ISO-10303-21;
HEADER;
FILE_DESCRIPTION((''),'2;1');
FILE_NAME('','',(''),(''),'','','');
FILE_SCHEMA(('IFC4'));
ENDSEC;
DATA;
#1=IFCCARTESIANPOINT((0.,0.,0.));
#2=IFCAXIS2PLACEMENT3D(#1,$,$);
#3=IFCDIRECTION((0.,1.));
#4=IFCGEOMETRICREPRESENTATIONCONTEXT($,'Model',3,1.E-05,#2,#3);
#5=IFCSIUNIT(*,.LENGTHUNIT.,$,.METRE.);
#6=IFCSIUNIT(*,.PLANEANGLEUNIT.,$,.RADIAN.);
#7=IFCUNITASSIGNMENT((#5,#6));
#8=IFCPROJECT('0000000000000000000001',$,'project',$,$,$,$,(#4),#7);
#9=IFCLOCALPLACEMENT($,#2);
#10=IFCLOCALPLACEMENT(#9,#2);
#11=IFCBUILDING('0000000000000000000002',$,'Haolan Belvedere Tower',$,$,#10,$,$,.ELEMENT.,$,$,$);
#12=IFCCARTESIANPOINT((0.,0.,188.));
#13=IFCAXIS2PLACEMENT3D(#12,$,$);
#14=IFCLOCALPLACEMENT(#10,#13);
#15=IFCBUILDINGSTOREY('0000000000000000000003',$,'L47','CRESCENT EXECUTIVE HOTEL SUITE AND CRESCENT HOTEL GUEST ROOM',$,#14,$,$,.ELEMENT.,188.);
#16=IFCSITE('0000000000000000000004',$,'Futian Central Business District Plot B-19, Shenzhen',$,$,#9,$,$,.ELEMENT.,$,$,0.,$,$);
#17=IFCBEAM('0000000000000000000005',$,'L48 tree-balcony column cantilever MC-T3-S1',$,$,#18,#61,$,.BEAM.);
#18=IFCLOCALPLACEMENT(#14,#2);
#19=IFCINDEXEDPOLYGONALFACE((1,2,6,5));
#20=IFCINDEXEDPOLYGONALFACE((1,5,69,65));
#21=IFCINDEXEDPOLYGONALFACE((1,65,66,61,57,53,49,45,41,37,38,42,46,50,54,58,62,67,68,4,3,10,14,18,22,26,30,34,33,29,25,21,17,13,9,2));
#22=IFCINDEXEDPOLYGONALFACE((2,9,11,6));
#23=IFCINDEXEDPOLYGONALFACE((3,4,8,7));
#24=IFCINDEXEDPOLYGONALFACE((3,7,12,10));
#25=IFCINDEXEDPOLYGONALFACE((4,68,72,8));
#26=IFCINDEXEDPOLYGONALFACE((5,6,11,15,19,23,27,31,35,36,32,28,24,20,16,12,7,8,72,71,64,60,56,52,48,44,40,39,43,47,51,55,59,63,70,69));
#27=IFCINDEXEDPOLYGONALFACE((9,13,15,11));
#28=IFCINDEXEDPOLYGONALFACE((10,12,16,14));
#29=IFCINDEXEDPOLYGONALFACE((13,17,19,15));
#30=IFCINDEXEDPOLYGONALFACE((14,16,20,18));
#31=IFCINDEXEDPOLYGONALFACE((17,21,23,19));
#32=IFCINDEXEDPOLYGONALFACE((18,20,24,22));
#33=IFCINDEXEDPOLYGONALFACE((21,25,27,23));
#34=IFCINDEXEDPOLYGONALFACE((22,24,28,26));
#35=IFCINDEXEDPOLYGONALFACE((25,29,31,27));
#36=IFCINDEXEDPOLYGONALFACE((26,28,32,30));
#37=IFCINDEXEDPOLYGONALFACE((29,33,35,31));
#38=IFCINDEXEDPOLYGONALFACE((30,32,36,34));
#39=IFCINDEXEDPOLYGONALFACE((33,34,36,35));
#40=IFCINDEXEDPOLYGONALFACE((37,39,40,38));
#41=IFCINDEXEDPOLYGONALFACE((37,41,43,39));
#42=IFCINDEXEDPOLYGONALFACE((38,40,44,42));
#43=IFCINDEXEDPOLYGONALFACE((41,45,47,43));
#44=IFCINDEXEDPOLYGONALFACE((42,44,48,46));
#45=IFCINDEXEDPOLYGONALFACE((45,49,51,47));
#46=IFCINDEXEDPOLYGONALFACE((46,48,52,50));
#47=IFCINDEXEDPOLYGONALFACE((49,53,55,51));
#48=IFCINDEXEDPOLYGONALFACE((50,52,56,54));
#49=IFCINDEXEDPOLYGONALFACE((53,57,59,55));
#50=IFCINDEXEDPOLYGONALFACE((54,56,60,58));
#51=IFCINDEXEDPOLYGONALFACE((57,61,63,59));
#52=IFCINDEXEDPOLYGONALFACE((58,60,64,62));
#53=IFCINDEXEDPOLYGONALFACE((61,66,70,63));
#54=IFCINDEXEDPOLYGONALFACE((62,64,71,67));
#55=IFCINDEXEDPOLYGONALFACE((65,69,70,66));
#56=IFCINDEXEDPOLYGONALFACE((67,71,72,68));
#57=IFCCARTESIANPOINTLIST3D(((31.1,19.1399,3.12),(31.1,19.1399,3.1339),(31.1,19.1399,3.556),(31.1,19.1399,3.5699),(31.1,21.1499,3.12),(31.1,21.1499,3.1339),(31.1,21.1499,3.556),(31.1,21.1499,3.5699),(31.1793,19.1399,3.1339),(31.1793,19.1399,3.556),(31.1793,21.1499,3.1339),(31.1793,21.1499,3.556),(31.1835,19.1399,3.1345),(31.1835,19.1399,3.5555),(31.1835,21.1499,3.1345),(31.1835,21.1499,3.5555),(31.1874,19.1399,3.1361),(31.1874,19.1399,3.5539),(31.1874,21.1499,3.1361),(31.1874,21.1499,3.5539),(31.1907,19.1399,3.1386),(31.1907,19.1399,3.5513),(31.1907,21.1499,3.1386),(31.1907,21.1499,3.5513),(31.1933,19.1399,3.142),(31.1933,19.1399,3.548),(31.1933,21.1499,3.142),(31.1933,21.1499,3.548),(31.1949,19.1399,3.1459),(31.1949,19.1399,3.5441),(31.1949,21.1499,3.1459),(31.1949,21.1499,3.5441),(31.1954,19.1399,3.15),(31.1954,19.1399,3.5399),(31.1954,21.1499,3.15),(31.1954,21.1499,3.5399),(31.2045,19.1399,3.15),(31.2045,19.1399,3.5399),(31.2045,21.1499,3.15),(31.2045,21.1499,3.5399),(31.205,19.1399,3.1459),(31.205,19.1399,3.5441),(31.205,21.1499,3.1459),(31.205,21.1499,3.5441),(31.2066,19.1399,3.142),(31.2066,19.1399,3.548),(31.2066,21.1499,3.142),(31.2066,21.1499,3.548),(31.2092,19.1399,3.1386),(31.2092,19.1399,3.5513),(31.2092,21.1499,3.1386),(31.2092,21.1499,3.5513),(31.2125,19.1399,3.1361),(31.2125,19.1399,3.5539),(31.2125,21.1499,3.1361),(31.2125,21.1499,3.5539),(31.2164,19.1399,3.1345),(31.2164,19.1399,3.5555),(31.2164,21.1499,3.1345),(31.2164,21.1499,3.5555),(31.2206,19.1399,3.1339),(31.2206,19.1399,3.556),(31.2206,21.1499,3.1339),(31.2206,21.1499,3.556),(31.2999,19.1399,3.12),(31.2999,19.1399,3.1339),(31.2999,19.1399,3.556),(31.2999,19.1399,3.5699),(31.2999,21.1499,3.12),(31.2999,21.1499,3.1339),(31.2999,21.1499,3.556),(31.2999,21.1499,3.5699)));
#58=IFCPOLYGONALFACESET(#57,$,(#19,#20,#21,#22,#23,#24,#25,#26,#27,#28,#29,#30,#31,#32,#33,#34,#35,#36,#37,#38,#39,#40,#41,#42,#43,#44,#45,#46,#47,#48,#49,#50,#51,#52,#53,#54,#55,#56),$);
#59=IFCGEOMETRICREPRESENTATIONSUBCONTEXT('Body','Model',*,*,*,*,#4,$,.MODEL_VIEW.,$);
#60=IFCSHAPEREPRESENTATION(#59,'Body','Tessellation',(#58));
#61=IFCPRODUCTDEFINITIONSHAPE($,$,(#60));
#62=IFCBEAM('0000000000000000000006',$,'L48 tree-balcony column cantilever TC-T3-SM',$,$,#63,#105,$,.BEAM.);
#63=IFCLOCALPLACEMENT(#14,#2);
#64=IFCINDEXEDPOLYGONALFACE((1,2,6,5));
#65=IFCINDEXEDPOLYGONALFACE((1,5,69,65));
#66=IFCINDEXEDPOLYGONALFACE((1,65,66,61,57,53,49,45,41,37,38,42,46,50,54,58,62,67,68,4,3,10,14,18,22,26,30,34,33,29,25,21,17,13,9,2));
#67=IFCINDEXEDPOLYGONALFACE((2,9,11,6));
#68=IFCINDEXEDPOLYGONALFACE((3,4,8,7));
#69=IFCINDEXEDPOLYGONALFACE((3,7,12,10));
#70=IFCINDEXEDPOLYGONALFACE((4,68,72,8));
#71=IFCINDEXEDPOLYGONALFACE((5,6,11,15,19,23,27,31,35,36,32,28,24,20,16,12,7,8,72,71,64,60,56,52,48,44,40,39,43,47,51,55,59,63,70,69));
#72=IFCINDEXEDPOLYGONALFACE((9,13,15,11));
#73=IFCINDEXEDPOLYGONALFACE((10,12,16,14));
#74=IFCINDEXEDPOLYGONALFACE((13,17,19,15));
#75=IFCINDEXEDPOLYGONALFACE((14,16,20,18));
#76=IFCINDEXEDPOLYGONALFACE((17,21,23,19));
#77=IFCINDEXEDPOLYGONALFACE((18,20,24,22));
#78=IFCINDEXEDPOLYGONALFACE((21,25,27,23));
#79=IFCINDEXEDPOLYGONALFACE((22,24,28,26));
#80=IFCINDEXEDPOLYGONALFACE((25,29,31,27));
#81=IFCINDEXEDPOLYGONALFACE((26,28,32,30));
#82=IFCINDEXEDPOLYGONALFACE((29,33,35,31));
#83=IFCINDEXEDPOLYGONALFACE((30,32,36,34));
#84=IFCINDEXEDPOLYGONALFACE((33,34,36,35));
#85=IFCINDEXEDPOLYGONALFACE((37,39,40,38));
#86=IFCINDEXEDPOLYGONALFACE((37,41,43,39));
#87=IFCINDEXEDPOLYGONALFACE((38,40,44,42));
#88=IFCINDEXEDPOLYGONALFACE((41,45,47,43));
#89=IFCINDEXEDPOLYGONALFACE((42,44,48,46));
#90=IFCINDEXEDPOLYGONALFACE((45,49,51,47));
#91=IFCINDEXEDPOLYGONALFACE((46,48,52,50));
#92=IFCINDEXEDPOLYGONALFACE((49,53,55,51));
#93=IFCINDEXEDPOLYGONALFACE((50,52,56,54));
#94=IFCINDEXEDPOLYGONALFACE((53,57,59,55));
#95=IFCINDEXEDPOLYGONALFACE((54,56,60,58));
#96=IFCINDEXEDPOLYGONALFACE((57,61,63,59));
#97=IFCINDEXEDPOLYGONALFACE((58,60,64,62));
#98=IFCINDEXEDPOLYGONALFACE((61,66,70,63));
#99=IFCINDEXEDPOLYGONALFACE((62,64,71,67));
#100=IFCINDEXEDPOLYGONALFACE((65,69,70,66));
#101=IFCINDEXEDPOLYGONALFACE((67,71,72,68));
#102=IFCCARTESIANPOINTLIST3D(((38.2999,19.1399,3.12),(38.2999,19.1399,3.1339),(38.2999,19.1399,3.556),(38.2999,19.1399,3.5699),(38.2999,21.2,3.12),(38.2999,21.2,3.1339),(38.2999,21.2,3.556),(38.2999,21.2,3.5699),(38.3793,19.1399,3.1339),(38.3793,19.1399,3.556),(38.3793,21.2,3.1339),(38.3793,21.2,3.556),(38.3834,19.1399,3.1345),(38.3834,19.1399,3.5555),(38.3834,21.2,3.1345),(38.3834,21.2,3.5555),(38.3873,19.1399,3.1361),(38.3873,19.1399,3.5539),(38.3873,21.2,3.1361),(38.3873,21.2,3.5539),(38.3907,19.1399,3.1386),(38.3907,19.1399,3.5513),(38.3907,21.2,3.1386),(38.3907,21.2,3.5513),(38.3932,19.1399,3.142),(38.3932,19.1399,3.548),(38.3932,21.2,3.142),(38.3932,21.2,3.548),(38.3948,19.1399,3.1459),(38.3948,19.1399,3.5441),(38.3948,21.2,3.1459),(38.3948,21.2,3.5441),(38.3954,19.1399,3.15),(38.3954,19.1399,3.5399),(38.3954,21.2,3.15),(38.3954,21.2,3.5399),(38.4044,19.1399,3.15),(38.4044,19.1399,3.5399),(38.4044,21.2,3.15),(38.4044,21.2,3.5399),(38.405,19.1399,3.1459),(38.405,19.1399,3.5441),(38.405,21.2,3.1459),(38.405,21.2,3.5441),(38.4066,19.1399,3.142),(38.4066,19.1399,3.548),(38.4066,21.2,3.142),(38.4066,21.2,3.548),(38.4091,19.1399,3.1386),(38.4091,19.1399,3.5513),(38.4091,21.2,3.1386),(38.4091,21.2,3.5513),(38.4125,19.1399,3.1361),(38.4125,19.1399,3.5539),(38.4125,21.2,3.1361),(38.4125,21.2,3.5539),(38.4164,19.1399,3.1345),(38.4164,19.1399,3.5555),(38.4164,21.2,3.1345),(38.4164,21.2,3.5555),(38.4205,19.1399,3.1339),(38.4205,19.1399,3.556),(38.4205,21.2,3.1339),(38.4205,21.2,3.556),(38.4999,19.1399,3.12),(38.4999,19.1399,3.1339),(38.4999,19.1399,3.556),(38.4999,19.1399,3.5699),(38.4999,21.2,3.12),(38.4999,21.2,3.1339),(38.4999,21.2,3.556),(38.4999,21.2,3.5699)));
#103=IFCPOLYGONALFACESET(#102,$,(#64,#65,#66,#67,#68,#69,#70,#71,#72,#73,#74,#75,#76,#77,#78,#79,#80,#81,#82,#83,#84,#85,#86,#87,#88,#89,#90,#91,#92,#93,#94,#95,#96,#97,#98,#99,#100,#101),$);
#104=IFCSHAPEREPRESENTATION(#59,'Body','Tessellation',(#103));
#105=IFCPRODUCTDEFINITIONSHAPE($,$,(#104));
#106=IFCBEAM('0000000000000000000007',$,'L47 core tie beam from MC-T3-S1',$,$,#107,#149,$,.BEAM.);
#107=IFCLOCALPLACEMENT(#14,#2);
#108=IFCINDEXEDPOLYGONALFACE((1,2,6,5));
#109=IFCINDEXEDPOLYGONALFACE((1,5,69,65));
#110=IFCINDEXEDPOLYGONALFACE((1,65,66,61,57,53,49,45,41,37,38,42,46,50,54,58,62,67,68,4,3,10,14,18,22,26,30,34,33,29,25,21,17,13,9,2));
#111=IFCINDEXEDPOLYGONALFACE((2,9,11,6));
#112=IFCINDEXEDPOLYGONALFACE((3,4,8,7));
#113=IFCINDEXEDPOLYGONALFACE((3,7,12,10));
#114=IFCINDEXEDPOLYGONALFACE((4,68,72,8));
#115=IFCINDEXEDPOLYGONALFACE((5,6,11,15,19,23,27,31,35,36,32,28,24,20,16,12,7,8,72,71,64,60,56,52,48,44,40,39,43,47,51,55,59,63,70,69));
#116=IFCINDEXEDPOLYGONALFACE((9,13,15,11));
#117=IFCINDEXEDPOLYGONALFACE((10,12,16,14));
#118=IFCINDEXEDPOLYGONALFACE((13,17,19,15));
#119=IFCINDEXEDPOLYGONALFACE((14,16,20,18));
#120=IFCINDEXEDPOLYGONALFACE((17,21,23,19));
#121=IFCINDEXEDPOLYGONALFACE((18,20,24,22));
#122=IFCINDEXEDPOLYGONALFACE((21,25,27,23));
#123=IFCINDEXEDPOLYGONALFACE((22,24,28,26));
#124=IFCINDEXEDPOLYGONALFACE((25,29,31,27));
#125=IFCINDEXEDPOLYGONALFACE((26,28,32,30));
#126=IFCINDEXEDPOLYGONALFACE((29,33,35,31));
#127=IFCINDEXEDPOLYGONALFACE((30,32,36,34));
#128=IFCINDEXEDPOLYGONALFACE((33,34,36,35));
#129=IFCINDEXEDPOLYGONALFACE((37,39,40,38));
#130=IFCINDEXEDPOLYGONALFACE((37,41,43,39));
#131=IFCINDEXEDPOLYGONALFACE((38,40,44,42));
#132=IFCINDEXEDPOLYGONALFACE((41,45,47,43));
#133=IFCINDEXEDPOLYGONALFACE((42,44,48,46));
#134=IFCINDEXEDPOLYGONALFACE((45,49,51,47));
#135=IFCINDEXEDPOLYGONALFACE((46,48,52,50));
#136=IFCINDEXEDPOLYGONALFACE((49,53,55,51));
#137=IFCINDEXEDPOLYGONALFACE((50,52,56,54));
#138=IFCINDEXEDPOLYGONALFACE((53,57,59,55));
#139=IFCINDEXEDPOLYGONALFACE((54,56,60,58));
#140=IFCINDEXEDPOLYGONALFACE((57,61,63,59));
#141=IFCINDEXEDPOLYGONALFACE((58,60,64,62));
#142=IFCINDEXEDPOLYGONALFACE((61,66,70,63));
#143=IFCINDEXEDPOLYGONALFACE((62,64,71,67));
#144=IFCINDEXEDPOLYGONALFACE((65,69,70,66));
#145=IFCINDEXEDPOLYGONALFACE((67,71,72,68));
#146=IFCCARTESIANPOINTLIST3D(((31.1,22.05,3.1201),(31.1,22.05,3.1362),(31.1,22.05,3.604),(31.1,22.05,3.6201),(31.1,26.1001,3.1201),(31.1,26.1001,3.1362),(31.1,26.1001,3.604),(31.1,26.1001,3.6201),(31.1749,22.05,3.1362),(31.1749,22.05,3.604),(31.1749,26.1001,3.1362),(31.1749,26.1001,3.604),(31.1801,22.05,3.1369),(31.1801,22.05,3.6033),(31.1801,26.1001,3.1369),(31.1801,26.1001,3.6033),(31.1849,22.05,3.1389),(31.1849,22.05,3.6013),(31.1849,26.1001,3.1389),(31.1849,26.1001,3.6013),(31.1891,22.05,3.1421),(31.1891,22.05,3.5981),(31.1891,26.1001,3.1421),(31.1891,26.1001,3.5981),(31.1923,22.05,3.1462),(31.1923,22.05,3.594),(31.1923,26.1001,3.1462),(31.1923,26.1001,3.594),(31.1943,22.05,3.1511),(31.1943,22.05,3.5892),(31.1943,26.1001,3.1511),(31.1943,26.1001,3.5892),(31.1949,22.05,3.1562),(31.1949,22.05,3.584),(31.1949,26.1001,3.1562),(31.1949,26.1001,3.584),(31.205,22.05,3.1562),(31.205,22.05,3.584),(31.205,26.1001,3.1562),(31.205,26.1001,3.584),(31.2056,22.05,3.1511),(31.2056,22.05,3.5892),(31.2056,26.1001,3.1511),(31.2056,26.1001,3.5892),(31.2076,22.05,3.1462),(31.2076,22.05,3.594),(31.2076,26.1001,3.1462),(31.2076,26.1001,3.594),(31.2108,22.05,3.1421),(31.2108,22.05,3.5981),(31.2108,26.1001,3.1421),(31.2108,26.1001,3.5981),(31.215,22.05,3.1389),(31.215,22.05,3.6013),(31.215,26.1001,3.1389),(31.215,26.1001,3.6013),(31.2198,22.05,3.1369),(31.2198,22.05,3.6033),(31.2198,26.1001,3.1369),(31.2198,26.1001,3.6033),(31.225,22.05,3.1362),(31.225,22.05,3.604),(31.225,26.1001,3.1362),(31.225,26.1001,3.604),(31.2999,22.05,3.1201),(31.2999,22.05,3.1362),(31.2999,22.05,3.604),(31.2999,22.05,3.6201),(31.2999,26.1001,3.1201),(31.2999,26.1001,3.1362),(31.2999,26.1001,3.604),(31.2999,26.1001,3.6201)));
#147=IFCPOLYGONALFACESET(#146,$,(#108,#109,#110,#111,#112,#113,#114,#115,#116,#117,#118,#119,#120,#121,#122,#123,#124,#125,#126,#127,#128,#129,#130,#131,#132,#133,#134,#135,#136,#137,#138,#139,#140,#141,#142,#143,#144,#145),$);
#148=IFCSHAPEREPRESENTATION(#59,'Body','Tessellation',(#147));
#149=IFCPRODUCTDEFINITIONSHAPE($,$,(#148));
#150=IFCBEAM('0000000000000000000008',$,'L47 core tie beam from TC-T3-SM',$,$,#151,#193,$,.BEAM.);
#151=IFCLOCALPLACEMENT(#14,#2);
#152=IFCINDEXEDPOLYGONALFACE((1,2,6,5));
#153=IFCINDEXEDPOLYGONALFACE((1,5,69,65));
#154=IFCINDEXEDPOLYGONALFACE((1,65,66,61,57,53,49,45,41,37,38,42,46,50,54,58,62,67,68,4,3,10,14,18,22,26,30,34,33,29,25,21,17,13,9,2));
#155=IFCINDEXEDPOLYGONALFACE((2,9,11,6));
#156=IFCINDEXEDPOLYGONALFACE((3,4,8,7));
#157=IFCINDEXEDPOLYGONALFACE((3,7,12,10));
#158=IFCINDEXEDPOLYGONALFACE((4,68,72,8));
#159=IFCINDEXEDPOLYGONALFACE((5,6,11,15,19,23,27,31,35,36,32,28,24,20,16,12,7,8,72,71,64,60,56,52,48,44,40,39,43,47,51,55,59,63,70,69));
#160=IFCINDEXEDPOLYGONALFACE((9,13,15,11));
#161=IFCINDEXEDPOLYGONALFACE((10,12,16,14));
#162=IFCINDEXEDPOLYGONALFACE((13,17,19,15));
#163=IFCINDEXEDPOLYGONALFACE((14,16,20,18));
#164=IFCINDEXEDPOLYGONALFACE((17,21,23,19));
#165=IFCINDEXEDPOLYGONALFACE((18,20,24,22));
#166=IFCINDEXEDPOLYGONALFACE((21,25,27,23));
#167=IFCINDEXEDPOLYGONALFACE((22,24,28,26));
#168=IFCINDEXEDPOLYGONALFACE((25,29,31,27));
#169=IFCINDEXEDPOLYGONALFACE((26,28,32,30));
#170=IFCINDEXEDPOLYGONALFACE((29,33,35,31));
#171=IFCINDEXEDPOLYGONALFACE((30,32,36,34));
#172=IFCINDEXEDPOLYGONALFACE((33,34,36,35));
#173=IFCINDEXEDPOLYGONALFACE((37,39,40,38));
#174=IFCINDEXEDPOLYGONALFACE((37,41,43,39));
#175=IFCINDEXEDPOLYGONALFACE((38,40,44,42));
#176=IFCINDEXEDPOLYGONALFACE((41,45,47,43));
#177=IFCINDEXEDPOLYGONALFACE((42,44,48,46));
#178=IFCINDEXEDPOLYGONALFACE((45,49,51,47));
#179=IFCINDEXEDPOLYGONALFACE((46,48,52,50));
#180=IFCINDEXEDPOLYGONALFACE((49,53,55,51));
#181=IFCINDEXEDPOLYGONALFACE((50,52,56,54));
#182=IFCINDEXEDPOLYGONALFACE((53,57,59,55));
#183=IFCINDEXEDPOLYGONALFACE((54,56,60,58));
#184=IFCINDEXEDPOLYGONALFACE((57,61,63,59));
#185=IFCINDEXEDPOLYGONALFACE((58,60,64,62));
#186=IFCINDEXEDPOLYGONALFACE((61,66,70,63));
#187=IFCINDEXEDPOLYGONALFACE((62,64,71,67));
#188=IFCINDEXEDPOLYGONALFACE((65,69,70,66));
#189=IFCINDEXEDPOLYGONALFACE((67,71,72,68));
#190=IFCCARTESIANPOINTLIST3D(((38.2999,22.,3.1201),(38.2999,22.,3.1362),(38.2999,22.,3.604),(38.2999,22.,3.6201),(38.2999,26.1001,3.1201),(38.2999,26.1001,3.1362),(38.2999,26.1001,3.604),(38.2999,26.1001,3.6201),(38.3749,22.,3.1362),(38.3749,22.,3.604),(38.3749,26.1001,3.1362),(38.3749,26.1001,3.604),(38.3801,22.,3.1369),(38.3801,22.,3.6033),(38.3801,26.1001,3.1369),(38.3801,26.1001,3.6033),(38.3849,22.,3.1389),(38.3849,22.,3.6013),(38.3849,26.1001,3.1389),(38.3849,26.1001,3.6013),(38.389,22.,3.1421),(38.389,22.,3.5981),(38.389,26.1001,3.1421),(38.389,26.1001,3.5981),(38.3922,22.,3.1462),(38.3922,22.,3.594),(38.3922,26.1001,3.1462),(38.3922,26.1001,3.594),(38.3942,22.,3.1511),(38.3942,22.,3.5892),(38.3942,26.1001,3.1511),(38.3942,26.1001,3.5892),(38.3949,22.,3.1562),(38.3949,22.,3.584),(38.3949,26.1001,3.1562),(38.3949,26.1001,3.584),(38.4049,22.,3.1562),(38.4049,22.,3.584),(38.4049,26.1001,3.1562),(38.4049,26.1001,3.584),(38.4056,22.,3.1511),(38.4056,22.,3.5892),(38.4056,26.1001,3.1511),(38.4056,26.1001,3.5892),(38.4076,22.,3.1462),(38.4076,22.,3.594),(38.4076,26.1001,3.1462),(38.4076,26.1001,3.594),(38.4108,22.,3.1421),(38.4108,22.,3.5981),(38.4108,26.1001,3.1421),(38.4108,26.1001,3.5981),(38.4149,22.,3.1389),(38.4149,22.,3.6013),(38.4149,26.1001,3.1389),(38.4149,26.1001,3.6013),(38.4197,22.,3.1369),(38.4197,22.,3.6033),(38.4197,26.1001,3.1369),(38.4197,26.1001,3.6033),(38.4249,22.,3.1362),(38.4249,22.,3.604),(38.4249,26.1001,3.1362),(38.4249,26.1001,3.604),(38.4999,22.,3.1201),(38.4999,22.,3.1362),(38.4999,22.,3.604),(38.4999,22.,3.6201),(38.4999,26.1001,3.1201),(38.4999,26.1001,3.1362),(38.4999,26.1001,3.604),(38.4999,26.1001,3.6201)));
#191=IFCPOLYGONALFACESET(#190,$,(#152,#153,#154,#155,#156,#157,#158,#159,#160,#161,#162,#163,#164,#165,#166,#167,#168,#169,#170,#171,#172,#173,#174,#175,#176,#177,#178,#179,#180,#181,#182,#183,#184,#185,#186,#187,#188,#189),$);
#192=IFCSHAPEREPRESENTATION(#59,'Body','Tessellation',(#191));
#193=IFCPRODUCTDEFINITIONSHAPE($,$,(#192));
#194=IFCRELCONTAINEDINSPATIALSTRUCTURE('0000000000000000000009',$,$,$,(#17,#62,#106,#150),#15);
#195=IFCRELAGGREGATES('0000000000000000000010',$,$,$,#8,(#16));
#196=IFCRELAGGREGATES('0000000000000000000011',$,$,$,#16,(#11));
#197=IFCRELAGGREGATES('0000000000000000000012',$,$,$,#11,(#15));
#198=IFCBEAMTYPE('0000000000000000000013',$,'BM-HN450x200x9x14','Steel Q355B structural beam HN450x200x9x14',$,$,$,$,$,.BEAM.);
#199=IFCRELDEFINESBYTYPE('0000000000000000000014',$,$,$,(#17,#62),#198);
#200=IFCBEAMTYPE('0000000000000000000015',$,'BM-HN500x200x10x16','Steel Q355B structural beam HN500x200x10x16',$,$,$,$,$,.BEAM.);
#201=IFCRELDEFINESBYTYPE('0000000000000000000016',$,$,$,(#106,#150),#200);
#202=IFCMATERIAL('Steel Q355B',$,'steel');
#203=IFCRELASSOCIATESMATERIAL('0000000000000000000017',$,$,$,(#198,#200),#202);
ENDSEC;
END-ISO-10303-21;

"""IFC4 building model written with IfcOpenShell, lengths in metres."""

from ifc_helpers import new_model, si_unit, direction, frame, origin, origin_2d, place, context, subcontext, project, spatial, i_section, extrude, material, material_profile, profile_set, type_object, element, save


model = new_model("IFC4")

# Units and contexts
model_context = context("Model", 3, precision=1e-05, world=origin(), true_north=direction((0.0, 1.0)))
body_context = subcontext(model_context, "Body", "Model", "MODEL_VIEW")
ifc_project = project(units=[si_unit("LENGTHUNIT", "METRE"), si_unit("PLANEANGLEUNIT", "RADIAN")], contexts=[model_context])

# Site, building, storey
site_placement = place(None, origin())
site = spatial("IfcSite", under=ifc_project, at=site_placement, Name="Futian Central Business District Plot B-19, Shenzhen", CompositionType="ELEMENT", RefElevation=0.0)
building_placement = place(site_placement, origin())
building = spatial("IfcBuilding", under=site, at=building_placement, Name="Haolan Belvedere Tower", CompositionType="ELEMENT")
storey_placement = place(building_placement, frame((0.0, 0.0, 188.0)))
storey = spatial("IfcBuildingStorey", under=building, at=storey_placement, Name="L47", Description="CRESCENT EXECUTIVE HOTEL SUITE AND CRESCENT HOTEL GUEST ROOM", CompositionType="ELEMENT", Elevation=188.0)

# Beams
ifc_material_1 = material(Name="Steel Q355B", Category="steel")
ifc_material_profile_1 = material_profile(ifc_material_1, i_section(OverallWidth=0.2, OverallDepth=0.45, WebThickness=0.009, FlangeThickness=0.0139, FilletRadius=0.0161, at=origin_2d()), Name="Steel Q355B")
ifc_profile_set_1 = profile_set([ifc_material_profile_1], Name="Steel Q355B")
beam_type_1 = type_object("IfcBeamType", Name="BM-HN450x200x9x14", Description="Steel Q355B structural beam HN450x200x9x14", PredefinedType="BEAM", material=ifc_profile_set_1)
beam_1_placement = place(storey_placement, frame((31.2, 21.1499, 3.345), z_axis=(0.0, -1.0, 0.0), x_axis=(1.0, 0.0, 0.0)))
element("IfcBeam", 1, at=beam_1_placement, inside=storey, type_object=beam_type_1, Name="L48 tree-balcony column cantilever MC-T3-S1", PredefinedType="BEAM", context=body_context, shape_type="SweptSolid", body=[
    extrude(i_section(OverallWidth=0.2, OverallDepth=0.45, WebThickness=0.009, FlangeThickness=0.0139, FilletRadius=0.0161, at=origin_2d()), origin(), (0.0, 0.0, 1.0), 2.01),
])
beam_2_placement = place(storey_placement, frame((38.3999, 21.2, 3.345), z_axis=(0.0, -1.0, 0.0), x_axis=(1.0, 0.0, 0.0)))
element("IfcBeam", 2, at=beam_2_placement, inside=storey, type_object=beam_type_1, Name="L48 tree-balcony column cantilever TC-T3-SM", PredefinedType="BEAM", context=body_context, shape_type="SweptSolid", body=[
    extrude(i_section(OverallWidth=0.2, OverallDepth=0.45, WebThickness=0.009, FlangeThickness=0.0139, FilletRadius=0.0161, at=origin_2d()), origin(), (0.0, 0.0, 1.0), 2.0601),
])
ifc_material_profile_2 = material_profile(ifc_material_1, i_section(OverallWidth=0.2, OverallDepth=0.5, WebThickness=0.01, FlangeThickness=0.0161, FilletRadius=0.02, at=origin_2d()), Name="Steel Q355B")
ifc_profile_set_2 = profile_set([ifc_material_profile_2], Name="Steel Q355B")
beam_type_2 = type_object("IfcBeamType", Name="BM-HN500x200x10x16", Description="Steel Q355B structural beam HN500x200x10x16", PredefinedType="BEAM", material=ifc_profile_set_2)
beam_3_placement = place(storey_placement, frame((31.2, 22.05, 3.3701), z_axis=(0.0, 1.0, 0.0), x_axis=(-1.0, 0.0, 0.0)))
element("IfcBeam", 3, at=beam_3_placement, inside=storey, type_object=beam_type_2, Name="L47 core tie beam from MC-T3-S1", PredefinedType="BEAM", context=body_context, shape_type="SweptSolid", body=[
    extrude(i_section(OverallWidth=0.2, OverallDepth=0.5, WebThickness=0.01, FlangeThickness=0.0161, FilletRadius=0.02, at=origin_2d()), origin(), (0.0, 0.0, 1.0), 4.05),
])
beam_4_placement = place(storey_placement, frame((38.3999, 22.0, 3.3701), z_axis=(0.0, 1.0, 0.0), x_axis=(-1.0, 0.0, 0.0)))
element("IfcBeam", 4, at=beam_4_placement, inside=storey, type_object=beam_type_2, Name="L47 core tie beam from TC-T3-SM", PredefinedType="BEAM", context=body_context, shape_type="SweptSolid", body=[
    extrude(i_section(OverallWidth=0.2, OverallDepth=0.5, WebThickness=0.01, FlangeThickness=0.0161, FilletRadius=0.02, at=origin_2d()), origin(), (0.0, 0.0, 1.0), 4.1001),
])

save(model, "model.ifc")
